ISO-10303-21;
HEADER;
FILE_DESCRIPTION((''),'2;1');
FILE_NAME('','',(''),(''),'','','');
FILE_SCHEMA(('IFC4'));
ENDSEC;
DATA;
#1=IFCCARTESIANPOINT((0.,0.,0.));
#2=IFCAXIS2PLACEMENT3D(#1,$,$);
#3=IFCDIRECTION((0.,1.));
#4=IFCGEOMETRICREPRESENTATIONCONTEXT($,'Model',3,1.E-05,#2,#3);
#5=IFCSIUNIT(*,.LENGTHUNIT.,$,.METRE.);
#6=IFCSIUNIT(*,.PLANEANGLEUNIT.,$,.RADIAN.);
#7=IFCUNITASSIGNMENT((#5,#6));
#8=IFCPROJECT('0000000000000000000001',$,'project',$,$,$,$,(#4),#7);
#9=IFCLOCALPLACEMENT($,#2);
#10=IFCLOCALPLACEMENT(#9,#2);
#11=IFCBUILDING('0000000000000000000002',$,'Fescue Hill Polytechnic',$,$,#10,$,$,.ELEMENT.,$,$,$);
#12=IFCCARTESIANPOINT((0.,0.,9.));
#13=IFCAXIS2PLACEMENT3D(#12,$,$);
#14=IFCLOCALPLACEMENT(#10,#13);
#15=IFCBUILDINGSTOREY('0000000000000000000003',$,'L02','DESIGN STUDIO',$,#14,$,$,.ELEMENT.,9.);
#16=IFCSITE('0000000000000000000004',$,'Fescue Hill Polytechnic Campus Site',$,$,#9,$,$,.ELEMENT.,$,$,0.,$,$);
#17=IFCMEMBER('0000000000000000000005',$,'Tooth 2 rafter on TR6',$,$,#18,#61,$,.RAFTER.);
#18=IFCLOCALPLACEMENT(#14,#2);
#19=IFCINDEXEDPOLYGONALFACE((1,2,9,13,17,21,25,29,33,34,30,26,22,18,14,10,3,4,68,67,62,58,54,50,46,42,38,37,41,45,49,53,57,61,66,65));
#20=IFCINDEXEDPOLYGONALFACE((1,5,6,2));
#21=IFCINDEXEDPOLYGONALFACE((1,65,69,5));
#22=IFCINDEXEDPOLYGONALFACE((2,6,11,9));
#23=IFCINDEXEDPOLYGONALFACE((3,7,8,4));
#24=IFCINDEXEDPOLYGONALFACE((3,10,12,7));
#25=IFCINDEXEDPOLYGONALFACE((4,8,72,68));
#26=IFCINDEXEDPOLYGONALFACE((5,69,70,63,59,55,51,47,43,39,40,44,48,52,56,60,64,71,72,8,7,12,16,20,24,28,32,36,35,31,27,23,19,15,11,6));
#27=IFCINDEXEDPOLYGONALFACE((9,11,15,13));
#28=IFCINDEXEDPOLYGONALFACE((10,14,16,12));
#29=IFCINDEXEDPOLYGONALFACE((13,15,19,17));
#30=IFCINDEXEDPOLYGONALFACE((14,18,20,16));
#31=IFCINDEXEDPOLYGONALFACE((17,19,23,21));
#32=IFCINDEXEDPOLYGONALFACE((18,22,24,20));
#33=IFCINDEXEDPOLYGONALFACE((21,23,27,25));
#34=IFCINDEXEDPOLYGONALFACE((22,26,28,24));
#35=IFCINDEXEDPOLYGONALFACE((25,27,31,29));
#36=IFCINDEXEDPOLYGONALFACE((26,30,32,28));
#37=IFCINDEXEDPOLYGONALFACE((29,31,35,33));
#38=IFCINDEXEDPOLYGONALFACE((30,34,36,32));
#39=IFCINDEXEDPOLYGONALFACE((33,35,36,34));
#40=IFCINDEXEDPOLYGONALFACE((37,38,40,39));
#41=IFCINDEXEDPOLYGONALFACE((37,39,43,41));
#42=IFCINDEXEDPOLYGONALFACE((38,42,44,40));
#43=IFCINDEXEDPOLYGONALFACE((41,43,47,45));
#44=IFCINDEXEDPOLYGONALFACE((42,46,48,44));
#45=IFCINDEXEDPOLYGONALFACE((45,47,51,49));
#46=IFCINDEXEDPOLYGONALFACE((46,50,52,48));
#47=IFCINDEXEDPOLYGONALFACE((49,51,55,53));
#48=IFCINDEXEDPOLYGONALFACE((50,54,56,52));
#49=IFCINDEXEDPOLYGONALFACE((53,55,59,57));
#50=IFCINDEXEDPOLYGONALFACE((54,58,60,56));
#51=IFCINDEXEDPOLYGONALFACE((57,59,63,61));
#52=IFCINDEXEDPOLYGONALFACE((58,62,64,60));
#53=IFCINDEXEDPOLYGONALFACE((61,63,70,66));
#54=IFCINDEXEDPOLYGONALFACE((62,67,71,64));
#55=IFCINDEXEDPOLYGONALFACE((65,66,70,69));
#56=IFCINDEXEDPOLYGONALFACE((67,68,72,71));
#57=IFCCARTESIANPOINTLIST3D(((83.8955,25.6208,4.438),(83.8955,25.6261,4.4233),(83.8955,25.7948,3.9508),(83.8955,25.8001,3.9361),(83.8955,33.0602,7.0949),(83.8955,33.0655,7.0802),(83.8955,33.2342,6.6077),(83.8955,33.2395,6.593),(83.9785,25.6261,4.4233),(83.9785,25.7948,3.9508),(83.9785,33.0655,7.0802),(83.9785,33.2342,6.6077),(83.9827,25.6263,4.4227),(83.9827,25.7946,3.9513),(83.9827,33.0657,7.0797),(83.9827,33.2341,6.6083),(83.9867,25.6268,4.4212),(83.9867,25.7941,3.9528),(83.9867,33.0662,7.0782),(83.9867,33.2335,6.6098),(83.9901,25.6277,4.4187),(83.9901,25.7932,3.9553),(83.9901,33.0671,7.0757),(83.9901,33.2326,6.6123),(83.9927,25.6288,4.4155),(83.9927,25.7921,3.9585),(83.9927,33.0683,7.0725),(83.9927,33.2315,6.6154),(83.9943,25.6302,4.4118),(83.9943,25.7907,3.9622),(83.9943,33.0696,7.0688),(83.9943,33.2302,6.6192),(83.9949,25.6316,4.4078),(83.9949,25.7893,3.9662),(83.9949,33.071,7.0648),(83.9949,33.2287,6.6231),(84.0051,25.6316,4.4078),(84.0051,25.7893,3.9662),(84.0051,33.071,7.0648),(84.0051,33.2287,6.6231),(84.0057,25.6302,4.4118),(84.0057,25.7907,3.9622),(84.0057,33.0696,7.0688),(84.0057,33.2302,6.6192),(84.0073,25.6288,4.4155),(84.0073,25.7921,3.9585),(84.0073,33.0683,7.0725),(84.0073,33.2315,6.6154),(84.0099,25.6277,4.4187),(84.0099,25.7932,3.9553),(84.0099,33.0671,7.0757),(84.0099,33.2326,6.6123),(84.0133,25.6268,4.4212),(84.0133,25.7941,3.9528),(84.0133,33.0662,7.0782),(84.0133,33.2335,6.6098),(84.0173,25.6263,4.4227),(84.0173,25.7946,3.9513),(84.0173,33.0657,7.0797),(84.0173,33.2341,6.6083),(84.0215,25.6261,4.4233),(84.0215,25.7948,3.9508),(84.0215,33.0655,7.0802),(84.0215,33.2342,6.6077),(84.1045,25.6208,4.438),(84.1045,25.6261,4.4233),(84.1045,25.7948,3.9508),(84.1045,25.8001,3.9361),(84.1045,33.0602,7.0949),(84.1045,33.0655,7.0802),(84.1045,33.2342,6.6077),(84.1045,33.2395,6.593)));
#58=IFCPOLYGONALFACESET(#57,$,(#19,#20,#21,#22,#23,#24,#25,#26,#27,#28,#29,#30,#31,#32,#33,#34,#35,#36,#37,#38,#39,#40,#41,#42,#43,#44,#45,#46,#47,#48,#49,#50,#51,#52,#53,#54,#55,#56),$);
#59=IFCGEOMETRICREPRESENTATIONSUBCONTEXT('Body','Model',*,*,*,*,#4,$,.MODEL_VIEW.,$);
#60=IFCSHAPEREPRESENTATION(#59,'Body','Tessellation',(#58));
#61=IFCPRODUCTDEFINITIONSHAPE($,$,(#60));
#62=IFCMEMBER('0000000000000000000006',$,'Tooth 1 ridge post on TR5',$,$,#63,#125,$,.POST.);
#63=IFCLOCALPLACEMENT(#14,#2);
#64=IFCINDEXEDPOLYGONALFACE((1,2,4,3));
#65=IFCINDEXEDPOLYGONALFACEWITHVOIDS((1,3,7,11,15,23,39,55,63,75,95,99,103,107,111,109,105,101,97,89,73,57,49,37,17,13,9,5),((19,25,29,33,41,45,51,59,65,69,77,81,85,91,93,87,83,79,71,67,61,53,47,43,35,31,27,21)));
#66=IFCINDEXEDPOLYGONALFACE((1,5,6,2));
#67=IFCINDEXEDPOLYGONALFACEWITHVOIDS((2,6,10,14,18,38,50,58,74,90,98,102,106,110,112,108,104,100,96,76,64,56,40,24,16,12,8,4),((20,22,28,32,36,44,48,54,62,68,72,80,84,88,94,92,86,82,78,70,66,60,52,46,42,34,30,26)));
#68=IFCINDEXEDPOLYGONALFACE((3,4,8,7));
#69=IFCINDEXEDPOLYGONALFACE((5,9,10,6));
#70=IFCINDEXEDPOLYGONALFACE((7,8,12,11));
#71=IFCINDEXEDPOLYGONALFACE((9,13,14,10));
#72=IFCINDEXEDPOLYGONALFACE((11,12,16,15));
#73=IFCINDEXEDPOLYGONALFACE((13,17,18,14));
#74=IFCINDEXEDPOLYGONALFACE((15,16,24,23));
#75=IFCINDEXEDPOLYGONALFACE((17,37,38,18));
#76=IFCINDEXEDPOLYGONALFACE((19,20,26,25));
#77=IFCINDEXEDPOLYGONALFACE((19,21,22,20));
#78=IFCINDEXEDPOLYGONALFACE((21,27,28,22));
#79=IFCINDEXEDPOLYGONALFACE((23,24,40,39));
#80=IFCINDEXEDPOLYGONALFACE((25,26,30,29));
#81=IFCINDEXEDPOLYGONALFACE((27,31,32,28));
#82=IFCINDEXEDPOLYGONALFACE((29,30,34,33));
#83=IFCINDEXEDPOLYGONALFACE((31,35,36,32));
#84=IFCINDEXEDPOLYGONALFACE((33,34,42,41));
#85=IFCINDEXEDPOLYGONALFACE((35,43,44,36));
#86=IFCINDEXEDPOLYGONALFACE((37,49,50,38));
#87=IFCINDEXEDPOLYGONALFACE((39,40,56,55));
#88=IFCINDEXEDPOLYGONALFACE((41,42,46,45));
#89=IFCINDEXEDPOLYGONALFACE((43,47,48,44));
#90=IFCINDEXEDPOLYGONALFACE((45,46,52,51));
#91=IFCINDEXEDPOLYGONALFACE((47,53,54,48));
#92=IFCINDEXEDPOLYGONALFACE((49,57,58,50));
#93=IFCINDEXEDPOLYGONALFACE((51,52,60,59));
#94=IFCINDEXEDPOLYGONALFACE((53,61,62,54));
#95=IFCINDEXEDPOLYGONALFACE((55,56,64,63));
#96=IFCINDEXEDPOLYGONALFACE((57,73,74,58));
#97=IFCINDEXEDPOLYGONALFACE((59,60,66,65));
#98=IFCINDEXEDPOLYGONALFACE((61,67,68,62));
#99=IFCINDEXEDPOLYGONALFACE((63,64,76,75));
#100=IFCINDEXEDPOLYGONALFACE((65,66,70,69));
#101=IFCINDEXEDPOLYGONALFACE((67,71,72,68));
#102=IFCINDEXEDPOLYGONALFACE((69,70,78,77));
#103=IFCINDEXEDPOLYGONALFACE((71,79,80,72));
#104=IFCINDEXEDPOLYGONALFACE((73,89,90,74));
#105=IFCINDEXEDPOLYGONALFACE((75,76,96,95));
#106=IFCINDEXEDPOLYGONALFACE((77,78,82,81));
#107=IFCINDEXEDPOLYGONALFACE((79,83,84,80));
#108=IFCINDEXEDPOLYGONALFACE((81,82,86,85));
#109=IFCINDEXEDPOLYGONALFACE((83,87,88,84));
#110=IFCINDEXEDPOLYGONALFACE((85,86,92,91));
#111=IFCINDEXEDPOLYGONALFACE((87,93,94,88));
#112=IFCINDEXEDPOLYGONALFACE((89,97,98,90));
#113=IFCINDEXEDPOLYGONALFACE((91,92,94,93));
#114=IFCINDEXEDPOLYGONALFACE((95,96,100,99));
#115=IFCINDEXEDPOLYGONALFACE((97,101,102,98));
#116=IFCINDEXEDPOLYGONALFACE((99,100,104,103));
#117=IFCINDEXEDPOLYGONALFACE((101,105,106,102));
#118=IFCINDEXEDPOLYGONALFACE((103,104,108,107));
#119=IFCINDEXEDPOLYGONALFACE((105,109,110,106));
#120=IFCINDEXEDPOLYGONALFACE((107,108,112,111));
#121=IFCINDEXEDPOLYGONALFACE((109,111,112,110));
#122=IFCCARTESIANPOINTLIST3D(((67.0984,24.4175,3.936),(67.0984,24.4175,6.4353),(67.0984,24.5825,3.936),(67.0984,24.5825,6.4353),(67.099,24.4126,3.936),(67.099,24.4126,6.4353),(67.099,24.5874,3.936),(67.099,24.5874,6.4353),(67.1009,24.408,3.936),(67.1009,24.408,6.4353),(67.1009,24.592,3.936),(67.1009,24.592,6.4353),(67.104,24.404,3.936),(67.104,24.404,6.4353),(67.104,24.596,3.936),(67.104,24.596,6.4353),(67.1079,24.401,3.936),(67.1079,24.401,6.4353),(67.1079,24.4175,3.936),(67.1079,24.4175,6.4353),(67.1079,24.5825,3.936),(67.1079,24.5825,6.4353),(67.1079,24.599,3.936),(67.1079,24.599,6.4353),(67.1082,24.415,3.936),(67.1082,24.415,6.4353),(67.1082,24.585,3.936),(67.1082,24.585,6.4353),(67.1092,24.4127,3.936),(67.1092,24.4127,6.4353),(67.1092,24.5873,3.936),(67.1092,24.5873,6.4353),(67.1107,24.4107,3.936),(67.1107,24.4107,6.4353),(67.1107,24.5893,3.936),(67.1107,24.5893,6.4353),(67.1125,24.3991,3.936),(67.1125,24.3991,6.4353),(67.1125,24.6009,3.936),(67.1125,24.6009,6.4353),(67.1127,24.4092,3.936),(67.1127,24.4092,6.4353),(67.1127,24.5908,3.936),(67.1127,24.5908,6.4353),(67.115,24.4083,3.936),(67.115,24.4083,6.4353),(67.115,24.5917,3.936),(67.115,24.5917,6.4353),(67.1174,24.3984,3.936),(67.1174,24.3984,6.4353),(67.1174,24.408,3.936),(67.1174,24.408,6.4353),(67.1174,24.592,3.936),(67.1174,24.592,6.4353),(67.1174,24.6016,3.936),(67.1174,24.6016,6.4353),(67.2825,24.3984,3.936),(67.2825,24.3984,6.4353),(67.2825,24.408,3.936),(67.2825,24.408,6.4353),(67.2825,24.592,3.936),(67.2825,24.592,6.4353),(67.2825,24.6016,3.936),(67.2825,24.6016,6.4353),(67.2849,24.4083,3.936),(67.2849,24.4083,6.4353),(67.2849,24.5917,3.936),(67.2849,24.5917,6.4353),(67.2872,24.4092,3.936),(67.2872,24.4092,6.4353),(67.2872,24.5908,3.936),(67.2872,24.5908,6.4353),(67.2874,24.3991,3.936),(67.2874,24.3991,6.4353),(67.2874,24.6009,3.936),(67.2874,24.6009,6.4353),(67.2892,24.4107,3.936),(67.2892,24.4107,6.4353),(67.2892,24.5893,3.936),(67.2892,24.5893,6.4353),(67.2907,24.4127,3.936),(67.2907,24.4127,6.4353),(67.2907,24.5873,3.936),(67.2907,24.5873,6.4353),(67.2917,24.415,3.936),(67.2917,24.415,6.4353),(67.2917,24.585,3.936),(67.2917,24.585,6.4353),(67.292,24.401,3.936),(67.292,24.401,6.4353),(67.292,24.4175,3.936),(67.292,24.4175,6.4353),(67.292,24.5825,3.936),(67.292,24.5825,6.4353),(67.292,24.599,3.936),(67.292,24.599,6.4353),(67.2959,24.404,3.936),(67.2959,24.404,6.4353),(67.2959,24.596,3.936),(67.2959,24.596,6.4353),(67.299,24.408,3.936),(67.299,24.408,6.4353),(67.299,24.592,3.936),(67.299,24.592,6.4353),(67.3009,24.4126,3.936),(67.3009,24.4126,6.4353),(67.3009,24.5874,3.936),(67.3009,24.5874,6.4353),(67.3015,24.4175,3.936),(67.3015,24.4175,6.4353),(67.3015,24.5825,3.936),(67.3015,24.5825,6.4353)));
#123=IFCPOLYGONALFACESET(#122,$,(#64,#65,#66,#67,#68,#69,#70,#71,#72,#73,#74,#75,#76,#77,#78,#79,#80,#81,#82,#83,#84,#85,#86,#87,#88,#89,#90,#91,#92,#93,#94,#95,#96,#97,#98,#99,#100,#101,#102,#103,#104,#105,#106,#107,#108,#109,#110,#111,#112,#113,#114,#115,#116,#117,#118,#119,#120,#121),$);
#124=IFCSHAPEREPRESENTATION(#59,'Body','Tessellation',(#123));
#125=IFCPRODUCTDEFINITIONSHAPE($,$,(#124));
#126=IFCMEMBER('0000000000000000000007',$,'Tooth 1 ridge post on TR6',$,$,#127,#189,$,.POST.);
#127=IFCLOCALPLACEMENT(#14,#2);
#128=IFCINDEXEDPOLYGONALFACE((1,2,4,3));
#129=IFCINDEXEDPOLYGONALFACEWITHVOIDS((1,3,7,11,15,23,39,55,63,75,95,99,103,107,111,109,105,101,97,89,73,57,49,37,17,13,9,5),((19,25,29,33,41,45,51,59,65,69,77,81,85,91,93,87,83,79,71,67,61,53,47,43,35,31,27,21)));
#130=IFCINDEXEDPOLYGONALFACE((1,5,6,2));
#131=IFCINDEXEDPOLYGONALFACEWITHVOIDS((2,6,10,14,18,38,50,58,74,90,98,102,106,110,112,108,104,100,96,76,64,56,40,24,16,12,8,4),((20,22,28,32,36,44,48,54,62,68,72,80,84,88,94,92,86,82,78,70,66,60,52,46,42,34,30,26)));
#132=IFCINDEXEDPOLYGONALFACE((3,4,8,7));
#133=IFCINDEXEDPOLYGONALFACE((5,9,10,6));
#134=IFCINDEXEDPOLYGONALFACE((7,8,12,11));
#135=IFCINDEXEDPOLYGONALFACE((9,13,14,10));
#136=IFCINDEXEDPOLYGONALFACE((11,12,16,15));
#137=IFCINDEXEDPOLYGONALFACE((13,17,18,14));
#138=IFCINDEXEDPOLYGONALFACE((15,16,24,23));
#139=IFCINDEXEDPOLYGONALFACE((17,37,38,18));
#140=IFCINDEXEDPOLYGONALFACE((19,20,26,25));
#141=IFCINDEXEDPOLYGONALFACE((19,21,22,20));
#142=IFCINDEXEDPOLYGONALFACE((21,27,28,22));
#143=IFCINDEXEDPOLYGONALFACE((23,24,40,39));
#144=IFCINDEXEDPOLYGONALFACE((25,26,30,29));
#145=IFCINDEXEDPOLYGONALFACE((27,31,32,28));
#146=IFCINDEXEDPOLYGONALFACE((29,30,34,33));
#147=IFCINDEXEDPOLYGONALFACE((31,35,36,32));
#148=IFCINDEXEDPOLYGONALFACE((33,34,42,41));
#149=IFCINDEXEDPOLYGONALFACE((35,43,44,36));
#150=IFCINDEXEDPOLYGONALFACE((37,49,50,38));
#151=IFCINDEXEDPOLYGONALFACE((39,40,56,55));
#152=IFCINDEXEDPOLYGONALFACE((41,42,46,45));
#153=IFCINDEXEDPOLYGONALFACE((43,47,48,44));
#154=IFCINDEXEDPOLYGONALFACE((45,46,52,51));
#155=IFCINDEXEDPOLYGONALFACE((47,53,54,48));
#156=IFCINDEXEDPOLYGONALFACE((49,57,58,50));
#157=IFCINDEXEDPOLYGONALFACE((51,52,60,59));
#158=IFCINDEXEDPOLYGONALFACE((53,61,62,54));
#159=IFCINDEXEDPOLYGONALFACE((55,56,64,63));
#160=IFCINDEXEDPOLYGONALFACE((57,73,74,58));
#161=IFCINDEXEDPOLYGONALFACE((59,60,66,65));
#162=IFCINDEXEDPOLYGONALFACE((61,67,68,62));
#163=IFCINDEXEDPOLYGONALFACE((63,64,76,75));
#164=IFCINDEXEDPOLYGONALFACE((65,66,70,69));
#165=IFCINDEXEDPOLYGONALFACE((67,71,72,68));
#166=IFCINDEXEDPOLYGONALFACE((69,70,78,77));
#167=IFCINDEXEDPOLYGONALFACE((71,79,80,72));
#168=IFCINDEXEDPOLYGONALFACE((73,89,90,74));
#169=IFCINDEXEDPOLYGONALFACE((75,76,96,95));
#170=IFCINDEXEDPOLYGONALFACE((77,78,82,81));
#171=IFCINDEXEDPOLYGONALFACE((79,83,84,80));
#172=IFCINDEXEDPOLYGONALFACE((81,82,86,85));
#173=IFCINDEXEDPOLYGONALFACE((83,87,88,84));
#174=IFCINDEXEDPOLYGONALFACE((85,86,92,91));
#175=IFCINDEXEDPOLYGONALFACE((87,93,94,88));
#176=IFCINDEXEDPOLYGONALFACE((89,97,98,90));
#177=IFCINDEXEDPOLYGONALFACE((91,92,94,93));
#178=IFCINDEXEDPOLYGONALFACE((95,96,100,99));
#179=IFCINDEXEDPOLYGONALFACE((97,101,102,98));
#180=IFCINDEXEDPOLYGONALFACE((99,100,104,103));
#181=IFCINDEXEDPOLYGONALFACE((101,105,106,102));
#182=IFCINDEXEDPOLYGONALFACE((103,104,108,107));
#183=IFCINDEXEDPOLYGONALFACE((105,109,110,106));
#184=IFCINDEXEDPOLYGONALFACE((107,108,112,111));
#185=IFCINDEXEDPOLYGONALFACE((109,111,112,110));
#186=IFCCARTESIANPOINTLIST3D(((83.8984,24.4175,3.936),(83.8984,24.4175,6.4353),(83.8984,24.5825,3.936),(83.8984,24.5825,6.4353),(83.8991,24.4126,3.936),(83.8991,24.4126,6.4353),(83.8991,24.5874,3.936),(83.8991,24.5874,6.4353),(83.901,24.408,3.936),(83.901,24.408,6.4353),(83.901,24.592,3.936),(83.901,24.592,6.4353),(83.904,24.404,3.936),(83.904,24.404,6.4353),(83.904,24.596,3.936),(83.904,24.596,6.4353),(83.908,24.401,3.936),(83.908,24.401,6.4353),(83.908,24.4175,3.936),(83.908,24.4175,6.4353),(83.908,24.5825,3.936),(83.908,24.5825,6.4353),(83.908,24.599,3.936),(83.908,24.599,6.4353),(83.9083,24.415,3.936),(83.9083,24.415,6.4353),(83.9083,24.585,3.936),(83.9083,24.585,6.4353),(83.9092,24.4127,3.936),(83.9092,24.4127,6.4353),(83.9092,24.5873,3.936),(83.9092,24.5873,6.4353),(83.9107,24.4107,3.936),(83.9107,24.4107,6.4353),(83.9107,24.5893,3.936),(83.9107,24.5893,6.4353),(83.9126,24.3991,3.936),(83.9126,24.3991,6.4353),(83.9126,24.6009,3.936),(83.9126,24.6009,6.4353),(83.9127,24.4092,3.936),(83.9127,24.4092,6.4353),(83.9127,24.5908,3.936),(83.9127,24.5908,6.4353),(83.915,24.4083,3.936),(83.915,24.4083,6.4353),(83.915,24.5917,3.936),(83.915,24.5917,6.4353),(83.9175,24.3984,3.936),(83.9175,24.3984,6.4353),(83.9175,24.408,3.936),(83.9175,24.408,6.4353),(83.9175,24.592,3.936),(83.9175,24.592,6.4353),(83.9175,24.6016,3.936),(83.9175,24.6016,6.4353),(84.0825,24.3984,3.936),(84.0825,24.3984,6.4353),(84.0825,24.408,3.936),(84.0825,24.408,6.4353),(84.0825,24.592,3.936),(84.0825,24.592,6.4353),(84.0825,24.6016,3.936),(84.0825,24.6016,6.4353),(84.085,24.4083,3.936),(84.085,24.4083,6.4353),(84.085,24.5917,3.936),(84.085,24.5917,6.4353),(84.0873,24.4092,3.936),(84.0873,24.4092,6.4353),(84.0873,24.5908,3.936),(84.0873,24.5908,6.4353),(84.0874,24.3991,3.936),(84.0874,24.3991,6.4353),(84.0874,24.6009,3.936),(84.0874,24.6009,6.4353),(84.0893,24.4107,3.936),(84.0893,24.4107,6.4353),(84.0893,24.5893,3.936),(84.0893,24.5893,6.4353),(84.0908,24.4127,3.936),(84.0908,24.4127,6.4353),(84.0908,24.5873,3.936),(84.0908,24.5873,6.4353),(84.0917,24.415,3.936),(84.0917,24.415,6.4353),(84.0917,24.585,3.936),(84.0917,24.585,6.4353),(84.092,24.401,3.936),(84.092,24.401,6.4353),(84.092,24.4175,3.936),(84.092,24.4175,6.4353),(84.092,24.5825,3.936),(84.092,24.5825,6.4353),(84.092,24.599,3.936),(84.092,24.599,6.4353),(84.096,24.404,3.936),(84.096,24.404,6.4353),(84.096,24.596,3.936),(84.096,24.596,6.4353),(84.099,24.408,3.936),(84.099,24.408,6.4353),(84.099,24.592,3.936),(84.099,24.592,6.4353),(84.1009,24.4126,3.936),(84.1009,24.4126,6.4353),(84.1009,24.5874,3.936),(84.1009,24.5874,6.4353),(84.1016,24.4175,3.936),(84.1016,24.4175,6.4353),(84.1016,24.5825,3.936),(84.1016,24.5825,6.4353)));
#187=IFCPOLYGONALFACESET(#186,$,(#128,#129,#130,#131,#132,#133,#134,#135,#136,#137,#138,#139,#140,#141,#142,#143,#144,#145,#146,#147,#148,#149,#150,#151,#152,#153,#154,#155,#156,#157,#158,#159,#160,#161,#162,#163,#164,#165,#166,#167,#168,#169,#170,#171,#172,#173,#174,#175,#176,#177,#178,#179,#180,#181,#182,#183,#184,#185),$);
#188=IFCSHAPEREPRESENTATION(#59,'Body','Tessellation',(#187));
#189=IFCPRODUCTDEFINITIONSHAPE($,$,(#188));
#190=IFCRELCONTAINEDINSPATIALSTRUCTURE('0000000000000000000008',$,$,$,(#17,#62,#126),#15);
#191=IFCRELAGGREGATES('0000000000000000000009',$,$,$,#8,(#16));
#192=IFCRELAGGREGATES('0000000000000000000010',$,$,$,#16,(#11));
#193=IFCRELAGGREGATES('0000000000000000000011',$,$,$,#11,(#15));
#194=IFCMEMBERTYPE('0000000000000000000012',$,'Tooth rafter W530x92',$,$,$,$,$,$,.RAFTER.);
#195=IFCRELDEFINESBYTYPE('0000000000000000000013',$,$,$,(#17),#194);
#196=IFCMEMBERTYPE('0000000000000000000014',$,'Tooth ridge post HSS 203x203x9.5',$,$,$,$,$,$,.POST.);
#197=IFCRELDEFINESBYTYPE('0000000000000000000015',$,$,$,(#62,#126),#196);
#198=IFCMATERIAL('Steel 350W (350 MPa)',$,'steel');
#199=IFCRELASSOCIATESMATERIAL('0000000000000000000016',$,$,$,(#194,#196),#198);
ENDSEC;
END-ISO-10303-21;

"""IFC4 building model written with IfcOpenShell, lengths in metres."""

from ifc_helpers import new_model, si_unit, direction, frame, origin, origin_2d, place, context, subcontext, project, spatial, hollow_rectangle, i_section, extrude, material, material_profile, profile_set, type_object, element, save


model = new_model("IFC4")

# Units and contexts
model_context = context("Model", 3, precision=1e-05, world=origin(), true_north=direction((0.0, 1.0)))
body_context = subcontext(model_context, "Body", "Model", "MODEL_VIEW")
ifc_project = project(units=[si_unit("LENGTHUNIT", "METRE"), si_unit("PLANEANGLEUNIT", "RADIAN")], contexts=[model_context])

# Site, building, storey
site_placement = place(None, origin())
site = spatial("IfcSite", under=ifc_project, at=site_placement, Name="Fescue Hill Polytechnic Campus Site", CompositionType="ELEMENT", RefElevation=0.0)
building_placement = place(site_placement, origin())
building = spatial("IfcBuilding", under=site, at=building_placement, Name="Fescue Hill Polytechnic", CompositionType="ELEMENT")
storey_placement = place(building_placement, frame((0.0, 0.0, 9.0)))
storey = spatial("IfcBuildingStorey", under=building, at=storey_placement, Name="L02", Description="DESIGN STUDIO", CompositionType="ELEMENT", Elevation=9.0)

# Members
ifc_material = material(Name="Steel 350W (350 MPa)", Category="steel")
ifc_material_profile_1 = material_profile(ifc_material, i_section(OverallWidth=0.209, OverallDepth=0.533, WebThickness=0.0103, FlangeThickness=0.0156, FilletRadius=0.0164, at=origin_2d()), Name="W530x92")
ifc_profile_set_1 = profile_set([ifc_material_profile_1], Name="Steel 350W (350 MPa)")
member_type_1 = type_object("IfcMemberType", Name="Tooth rafter W530x92", PredefinedType="RAFTER", material=ifc_profile_set_1)
for number, where, z_axis, x_axis, name in (
    (1, (84.0, 25.7104, 4.187), (0.0, 0.941741, 0.33634), (-1.0, 0.0, 0.0), "Tooth 2 rafter on TR6"),
):
    element("IfcMember", number, at=place(storey_placement, frame(where, z_axis=z_axis, x_axis=x_axis)), inside=storey, type_object=member_type_1, Name=name, PredefinedType="RAFTER", context=body_context, shape_type="SweptSolid", body=[
        extrude(i_section(OverallWidth=0.209, OverallDepth=0.533, WebThickness=0.0103, FlangeThickness=0.0156, FilletRadius=0.0164, at=origin_2d()), origin(), (0.0, 0.0, 1.0), 7.8997),
    ])
ifc_material_profile_2 = material_profile(ifc_material, hollow_rectangle(XDim=0.2031, YDim=0.2031, WallThickness=0.0095, InnerFilletRadius=0.0095, OuterFilletRadius=0.019, at=origin_2d()), Name="Tooth ridge post HSS 203x203x9.5")
ifc_profile_set_2 = profile_set([ifc_material_profile_2], Name="Steel 350W (350 MPa)")
member_type_2 = type_object("IfcMemberType", Name="Tooth ridge post HSS 203x203x9.5", PredefinedType="POST", material=ifc_profile_set_2)
for number, where, z_axis, x_axis, name in (
    (2, (67.2, 24.5, 3.936), (0.0, 0.0, 1.0), (1.0, 0.0, 0.0), "Tooth 1 ridge post on TR5"),
    (3, (84.0, 24.5, 3.936), (0.0, 0.0, 1.0), (1.0, 0.0, 0.0), "Tooth 1 ridge post on TR6"),
):
    element("IfcMember", number, at=place(storey_placement, frame(where, z_axis=z_axis, x_axis=x_axis)), inside=storey, type_object=member_type_2, Name=name, PredefinedType="POST", context=body_context, shape_type="SweptSolid", body=[
        extrude(hollow_rectangle(XDim=0.2031, YDim=0.2031, WallThickness=0.0095, InnerFilletRadius=0.0095, OuterFilletRadius=0.019, at=origin_2d()), origin(), (0.0, 0.0, 1.0), 2.4993),
    ])

save(model, "model.ifc")
